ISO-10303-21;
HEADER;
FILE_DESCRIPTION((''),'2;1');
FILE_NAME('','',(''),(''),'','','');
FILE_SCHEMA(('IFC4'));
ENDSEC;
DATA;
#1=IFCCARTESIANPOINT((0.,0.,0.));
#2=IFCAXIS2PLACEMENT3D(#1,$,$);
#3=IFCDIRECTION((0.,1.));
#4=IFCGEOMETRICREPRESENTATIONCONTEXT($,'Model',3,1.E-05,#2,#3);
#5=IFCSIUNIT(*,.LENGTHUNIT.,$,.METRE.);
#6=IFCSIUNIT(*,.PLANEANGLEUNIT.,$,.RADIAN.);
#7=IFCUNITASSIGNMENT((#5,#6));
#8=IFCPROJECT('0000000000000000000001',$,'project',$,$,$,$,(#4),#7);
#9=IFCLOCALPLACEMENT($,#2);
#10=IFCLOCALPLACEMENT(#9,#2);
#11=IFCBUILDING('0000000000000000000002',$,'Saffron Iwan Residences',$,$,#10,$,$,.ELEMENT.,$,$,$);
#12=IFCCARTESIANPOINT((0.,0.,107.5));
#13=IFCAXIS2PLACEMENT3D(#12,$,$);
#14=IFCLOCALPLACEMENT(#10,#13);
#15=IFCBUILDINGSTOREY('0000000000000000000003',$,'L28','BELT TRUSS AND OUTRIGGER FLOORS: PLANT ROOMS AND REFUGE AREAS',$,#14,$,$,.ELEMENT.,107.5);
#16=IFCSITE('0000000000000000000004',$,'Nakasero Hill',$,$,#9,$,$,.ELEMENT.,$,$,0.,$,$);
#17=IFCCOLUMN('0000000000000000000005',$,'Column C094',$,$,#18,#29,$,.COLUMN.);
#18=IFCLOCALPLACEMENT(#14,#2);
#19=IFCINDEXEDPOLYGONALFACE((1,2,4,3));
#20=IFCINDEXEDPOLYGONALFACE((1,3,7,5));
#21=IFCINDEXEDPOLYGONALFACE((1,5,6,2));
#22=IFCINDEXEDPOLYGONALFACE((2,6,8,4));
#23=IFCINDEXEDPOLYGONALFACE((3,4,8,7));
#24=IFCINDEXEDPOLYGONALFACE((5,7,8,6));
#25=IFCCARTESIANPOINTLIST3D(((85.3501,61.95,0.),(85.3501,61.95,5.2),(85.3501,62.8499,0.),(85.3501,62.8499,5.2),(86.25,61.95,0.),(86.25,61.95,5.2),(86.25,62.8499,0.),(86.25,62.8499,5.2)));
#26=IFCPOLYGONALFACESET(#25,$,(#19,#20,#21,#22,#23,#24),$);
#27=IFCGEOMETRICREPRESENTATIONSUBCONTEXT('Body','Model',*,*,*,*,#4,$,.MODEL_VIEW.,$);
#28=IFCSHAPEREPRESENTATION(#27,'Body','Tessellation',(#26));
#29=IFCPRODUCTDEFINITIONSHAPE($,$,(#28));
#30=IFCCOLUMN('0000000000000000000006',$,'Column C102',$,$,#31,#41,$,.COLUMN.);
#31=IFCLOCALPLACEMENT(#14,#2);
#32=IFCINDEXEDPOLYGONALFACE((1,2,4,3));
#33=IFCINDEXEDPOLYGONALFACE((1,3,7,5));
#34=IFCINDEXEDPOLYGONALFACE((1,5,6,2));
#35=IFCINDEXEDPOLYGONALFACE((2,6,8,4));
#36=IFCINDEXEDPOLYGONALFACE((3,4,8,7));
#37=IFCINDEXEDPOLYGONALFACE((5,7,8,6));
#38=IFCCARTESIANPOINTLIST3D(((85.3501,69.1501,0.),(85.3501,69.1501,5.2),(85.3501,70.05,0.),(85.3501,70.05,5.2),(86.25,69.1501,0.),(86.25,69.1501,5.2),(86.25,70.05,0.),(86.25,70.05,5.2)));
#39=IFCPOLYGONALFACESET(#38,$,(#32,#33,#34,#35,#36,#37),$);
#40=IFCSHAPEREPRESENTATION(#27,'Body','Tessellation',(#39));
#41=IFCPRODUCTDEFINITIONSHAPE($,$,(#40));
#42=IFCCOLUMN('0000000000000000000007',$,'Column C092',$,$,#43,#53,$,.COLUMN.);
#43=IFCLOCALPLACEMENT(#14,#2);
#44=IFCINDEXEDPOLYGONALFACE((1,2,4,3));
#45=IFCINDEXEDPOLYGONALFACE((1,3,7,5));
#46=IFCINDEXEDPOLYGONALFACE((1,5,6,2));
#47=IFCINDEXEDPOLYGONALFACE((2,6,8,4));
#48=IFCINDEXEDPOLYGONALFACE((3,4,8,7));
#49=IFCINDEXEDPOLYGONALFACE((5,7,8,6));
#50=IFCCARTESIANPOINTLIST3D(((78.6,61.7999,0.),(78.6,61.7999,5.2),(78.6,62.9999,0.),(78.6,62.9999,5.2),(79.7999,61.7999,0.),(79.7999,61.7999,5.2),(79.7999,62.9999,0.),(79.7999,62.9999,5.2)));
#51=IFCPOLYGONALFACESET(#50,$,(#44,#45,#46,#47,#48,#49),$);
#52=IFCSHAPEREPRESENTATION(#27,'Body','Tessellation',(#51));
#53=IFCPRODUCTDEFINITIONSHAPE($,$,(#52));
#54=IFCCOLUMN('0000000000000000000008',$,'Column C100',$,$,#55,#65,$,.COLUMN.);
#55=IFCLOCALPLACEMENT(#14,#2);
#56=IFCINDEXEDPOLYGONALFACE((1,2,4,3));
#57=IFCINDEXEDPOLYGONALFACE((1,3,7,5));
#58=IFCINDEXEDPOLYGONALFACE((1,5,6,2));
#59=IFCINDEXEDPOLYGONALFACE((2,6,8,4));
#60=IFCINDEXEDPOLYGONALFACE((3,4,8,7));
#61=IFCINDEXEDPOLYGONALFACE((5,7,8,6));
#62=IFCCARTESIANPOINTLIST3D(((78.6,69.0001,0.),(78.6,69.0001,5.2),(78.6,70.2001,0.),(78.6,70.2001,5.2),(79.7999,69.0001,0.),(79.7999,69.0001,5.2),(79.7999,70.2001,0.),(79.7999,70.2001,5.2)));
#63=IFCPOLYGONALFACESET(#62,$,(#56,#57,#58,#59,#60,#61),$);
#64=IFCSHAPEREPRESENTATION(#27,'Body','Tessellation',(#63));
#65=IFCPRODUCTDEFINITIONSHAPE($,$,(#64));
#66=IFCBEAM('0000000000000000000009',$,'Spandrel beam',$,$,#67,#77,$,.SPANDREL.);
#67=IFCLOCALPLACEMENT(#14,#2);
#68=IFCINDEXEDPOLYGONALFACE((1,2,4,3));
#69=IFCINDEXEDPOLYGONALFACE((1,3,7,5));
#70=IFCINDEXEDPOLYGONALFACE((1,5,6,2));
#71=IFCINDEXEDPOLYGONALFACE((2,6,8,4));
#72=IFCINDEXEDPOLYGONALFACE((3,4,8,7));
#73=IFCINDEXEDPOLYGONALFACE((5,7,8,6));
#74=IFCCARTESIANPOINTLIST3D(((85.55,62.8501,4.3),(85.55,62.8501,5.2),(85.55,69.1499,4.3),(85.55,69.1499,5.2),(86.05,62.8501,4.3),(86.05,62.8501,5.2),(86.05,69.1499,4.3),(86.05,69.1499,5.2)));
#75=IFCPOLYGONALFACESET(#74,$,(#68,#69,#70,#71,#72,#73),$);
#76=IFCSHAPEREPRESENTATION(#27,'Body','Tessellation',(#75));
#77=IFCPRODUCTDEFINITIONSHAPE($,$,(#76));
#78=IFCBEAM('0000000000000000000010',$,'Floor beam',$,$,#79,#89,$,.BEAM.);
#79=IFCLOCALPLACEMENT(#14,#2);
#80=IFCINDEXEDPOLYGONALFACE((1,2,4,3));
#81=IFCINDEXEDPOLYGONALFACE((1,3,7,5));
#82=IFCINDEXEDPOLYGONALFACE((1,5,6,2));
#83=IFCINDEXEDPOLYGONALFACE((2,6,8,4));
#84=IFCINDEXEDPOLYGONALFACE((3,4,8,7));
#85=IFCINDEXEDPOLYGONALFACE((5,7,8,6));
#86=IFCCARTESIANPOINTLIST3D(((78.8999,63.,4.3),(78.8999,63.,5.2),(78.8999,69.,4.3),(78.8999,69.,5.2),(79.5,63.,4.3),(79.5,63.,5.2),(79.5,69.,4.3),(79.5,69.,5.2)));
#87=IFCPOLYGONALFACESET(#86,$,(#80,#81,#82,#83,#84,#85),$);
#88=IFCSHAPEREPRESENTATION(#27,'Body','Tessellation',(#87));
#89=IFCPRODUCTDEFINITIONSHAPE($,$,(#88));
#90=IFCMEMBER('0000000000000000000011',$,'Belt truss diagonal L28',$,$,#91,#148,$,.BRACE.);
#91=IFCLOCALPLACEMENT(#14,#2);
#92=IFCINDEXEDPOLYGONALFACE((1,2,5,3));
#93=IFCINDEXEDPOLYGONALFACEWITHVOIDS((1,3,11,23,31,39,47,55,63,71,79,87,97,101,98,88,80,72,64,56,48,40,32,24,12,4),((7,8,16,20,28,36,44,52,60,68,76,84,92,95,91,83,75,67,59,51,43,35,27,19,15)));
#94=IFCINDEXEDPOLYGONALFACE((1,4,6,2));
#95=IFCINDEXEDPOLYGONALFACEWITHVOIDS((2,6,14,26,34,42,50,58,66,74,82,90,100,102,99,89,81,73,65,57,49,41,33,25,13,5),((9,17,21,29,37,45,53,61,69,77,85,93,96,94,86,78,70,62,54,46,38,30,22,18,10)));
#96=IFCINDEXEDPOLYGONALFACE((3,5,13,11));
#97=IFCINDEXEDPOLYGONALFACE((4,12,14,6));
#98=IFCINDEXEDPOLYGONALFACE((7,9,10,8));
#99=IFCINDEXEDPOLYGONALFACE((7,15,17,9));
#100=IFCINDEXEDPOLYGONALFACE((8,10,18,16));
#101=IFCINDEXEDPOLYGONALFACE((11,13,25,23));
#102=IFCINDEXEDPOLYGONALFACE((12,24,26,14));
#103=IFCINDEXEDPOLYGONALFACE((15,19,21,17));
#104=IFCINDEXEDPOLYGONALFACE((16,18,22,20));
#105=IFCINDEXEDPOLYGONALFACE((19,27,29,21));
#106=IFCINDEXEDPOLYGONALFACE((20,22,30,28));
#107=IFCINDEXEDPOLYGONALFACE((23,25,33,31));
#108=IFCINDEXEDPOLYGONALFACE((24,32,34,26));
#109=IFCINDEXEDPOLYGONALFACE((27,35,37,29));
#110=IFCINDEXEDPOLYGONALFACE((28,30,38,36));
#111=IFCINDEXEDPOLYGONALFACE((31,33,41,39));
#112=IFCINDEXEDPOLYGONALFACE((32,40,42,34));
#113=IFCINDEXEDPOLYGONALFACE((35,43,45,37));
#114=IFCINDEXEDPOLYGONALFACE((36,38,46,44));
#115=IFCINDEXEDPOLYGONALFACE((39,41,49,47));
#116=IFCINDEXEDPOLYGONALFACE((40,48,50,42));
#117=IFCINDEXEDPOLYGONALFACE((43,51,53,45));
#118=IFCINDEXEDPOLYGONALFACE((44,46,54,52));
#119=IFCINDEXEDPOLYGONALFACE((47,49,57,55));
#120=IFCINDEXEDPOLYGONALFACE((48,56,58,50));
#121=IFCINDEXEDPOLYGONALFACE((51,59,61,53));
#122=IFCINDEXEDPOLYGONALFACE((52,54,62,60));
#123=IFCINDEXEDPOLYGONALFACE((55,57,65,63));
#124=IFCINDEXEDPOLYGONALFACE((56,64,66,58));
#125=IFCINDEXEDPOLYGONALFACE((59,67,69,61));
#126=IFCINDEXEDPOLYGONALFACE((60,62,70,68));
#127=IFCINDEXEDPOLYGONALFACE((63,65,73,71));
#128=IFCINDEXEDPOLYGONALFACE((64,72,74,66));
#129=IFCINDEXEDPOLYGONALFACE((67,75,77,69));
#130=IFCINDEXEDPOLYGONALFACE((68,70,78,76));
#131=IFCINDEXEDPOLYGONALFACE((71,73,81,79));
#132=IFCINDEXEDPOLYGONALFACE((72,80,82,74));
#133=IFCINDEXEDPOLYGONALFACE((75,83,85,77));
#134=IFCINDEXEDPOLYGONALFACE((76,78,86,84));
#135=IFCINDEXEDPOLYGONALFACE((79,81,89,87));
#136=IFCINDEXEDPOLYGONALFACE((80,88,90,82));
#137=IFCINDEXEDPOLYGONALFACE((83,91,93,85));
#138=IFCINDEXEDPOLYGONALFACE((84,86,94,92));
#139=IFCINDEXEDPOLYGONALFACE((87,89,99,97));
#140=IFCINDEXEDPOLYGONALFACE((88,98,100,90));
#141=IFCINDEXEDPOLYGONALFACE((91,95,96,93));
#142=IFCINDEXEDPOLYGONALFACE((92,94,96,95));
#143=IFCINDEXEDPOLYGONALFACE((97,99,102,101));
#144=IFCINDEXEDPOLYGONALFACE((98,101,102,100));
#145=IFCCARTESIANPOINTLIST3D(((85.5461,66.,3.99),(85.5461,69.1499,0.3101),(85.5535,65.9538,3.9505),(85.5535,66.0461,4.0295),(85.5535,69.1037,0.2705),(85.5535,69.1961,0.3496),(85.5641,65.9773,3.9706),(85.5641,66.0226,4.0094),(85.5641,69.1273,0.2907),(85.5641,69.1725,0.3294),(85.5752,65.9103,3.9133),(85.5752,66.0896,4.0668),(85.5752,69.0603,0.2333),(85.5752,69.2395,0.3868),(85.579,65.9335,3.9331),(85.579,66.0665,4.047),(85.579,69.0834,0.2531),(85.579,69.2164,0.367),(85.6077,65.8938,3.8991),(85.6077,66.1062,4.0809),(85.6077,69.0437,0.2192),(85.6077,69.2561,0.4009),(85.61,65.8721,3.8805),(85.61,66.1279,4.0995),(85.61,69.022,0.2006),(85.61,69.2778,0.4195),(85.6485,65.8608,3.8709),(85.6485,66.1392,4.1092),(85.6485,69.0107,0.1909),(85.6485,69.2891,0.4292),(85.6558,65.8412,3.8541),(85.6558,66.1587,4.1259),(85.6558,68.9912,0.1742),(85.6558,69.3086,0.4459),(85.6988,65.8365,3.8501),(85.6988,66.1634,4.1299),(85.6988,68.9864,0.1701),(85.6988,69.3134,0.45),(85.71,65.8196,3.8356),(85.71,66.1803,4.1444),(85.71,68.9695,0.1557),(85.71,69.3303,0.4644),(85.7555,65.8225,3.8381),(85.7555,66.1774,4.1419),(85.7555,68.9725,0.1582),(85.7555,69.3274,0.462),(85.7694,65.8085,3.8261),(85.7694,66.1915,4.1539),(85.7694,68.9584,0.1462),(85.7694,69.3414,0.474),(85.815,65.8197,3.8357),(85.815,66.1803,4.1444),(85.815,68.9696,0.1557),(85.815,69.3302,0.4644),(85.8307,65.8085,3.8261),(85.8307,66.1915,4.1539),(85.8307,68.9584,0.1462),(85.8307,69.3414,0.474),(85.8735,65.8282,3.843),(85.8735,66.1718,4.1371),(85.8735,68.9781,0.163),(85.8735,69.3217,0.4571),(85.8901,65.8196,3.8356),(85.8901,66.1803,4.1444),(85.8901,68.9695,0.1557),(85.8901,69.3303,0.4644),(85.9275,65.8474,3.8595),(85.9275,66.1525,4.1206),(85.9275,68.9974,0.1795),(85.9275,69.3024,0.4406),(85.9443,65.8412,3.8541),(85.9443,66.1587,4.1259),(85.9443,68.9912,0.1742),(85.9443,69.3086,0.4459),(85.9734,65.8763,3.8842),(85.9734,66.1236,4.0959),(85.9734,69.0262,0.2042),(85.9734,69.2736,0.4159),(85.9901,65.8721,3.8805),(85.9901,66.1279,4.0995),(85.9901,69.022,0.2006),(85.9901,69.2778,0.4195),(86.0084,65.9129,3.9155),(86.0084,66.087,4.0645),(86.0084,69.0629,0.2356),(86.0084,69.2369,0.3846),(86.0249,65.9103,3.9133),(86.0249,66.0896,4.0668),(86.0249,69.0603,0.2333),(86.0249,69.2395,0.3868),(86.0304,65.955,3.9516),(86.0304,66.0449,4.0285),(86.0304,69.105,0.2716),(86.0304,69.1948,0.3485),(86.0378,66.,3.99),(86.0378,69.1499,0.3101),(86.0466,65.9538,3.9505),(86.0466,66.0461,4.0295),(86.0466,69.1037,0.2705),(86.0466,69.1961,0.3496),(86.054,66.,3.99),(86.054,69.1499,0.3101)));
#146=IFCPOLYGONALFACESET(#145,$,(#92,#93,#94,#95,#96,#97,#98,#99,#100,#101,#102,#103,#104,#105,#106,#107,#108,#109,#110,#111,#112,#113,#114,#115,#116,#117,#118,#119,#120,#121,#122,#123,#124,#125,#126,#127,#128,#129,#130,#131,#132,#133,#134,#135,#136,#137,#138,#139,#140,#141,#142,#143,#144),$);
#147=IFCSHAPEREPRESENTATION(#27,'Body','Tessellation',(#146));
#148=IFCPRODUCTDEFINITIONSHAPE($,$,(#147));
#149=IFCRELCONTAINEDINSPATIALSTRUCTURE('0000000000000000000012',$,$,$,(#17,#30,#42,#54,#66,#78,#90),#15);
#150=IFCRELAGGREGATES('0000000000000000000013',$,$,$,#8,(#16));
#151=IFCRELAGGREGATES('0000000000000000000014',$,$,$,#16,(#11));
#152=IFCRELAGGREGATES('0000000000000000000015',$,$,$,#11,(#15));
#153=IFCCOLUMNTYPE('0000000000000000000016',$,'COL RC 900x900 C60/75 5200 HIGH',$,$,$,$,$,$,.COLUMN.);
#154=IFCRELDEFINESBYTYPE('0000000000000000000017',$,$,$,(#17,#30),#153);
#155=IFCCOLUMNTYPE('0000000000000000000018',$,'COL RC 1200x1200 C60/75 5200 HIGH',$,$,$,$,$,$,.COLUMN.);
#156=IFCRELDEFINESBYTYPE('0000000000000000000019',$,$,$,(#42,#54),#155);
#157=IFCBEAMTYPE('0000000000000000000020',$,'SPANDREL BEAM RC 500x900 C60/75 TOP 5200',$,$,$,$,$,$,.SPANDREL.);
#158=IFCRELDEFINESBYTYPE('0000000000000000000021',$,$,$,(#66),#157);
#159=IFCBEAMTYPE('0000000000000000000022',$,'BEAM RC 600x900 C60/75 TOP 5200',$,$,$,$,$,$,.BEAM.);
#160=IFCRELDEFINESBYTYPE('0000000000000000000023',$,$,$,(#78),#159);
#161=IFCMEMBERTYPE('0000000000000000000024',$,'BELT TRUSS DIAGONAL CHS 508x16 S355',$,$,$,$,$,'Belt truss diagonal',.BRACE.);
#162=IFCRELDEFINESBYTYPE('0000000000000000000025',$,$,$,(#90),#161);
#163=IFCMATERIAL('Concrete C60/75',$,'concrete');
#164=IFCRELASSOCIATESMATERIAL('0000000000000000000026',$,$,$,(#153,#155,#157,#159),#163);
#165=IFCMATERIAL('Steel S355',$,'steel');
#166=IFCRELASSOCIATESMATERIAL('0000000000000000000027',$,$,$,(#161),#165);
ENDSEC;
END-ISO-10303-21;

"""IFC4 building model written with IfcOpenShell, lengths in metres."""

from ifc_helpers import new_model, si_unit, direction, frame, origin, origin_2d, place, context, subcontext, project, spatial, rectangle, hollow_circle, extrude, source, transform, mapped, material, material_profile, profile_set, type_object, element, save


model = new_model("IFC4")

# Units and contexts
model_context = context("Model", 3, precision=1e-05, world=origin(), true_north=direction((0.0, 1.0)))
body_context = subcontext(model_context, "Body", "Model", "MODEL_VIEW")
ifc_project = project(units=[si_unit("LENGTHUNIT", "METRE"), si_unit("PLANEANGLEUNIT", "RADIAN")], contexts=[model_context])

# Site, building, storey
site_placement = place(None, origin())
site = spatial("IfcSite", under=ifc_project, at=site_placement, Name="Nakasero Hill", CompositionType="ELEMENT", RefElevation=0.0)
building_placement = place(site_placement, origin())
building = spatial("IfcBuilding", under=site, at=building_placement, Name="Saffron Iwan Residences", CompositionType="ELEMENT")
storey_placement = place(building_placement, frame((0.0, 0.0, 107.5)))
storey = spatial("IfcBuildingStorey", under=building, at=storey_placement, Name="L28", Description="BELT TRUSS AND OUTRIGGER FLOORS: PLANT ROOMS AND REFUGE AREAS", CompositionType="ELEMENT", Elevation=107.5)

# Columns
ifc_material_1 = material(Name="Concrete C60/75", Category="concrete")
ifc_material_profile_1 = material_profile(ifc_material_1, rectangle(XDim=0.8999, YDim=0.8999, at=origin_2d()), Name="RC 900x900")
ifc_profile_set_1 = profile_set([ifc_material_profile_1], Name="Concrete C60/75")
column_type_1 = type_object("IfcColumnType", Name="COL RC 900x900 C60/75 5200 HIGH", PredefinedType="COLUMN", material=ifc_profile_set_1)
shared_shape_1 = source(origin(), body_context, "Body", "SweptSolid", [
    extrude(rectangle(XDim=0.8999, YDim=0.8999, at=origin_2d()), origin(), (0.0, 0.0, 1.0), 5.2),
])
for number, where, z_axis, x_axis, name in (
    (1, (85.8, 62.3999, 0.0), (0.0, 0.0, 1.0), (1.0, 0.0, 0.0), "Column C094"),
    (2, (85.8, 69.6001, 0.0), (0.0, 0.0, 1.0), (1.0, 0.0, 0.0), "Column C102"),
):
    element("IfcColumn", number, at=place(storey_placement, frame(where, z_axis=z_axis, x_axis=x_axis)), inside=storey, type_object=column_type_1, Name=name, PredefinedType="COLUMN", context=body_context, shape_type="MappedRepresentation", body=[
        mapped(shared_shape_1, transform((0.0, 0.0, 0.0))),
    ])
ifc_material_profile_2 = material_profile(ifc_material_1, rectangle(XDim=1.2, YDim=1.2, at=origin_2d()), Name="RC 1200x1200")
ifc_profile_set_2 = profile_set([ifc_material_profile_2], Name="Concrete C60/75")
column_type_2 = type_object("IfcColumnType", Name="COL RC 1200x1200 C60/75 5200 HIGH", PredefinedType="COLUMN", material=ifc_profile_set_2)
shared_shape_2 = source(origin(), body_context, "Body", "SweptSolid", [
    extrude(rectangle(XDim=1.2, YDim=1.2, at=origin_2d()), origin(), (0.0, 0.0, 1.0), 5.2),
])
for number, where, z_axis, x_axis, name in (
    (3, (79.2, 62.3999, 0.0), (0.0, 0.0, 1.0), (1.0, 0.0, 0.0), "Column C092"),
    (4, (79.2, 69.6001, 0.0), (0.0, 0.0, 1.0), (1.0, 0.0, 0.0), "Column C100"),
):
    element("IfcColumn", number, at=place(storey_placement, frame(where, z_axis=z_axis, x_axis=x_axis)), inside=storey, type_object=column_type_2, Name=name, PredefinedType="COLUMN", context=body_context, shape_type="MappedRepresentation", body=[
        mapped(shared_shape_2, transform((0.0, 0.0, 0.0))),
    ])

# Beams
ifc_material_profile_3 = material_profile(ifc_material_1, rectangle(XDim=0.5, YDim=0.8999, at=origin_2d()), Name="RC 500x900")
ifc_profile_set_3 = profile_set([ifc_material_profile_3], Name="Concrete C60/75")
beam_type_1 = type_object("IfcBeamType", Name="SPANDREL BEAM RC 500x900 C60/75 TOP 5200", PredefinedType="SPANDREL", material=ifc_profile_set_3)
shared_shape_3 = source(origin(), body_context, "Body", "SweptSolid", [
    extrude(rectangle(XDim=0.5, YDim=0.8999, at=origin_2d()), origin(), (0.0, 0.0, 1.0), 6.2998),
])
beam_1_placement = place(storey_placement, frame((85.8, 69.1499, 4.75), z_axis=(0.0, -1.0, 0.0), x_axis=(1.0, 0.0, 0.0)))
element("IfcBeam", 5, at=beam_1_placement, inside=storey, type_object=beam_type_1, Name="Spandrel beam", PredefinedType="SPANDREL", context=body_context, shape_type="MappedRepresentation", body=[
    mapped(shared_shape_3, transform((0.0, 0.0, 0.0))),
])
ifc_material_profile_4 = material_profile(ifc_material_1, rectangle(XDim=0.6001, YDim=0.8999, at=origin_2d()), Name="RC 600x900")
ifc_profile_set_4 = profile_set([ifc_material_profile_4], Name="Concrete C60/75")
beam_type_2 = type_object("IfcBeamType", Name="BEAM RC 600x900 C60/75 TOP 5200", PredefinedType="BEAM", material=ifc_profile_set_4)
shared_shape_4 = source(origin(), body_context, "Body", "SweptSolid", [
    extrude(rectangle(XDim=0.6001, YDim=0.8999, at=origin_2d()), origin(), (0.0, 0.0, 1.0), 6.0),
])
beam_2_placement = place(storey_placement, frame((79.2, 63.0, 4.75), z_axis=(0.0, 1.0, 0.0), x_axis=(-1.0, 0.0, 0.0)))
element("IfcBeam", 6, at=beam_2_placement, inside=storey, type_object=beam_type_2, Name="Floor beam", PredefinedType="BEAM", context=body_context, shape_type="MappedRepresentation", body=[
    mapped(shared_shape_4, transform((0.0, 0.0, 0.0))),
])

# Member
ifc_material_2 = material(Name="Steel S355", Category="steel")
ifc_material_profile_5 = material_profile(ifc_material_2, hollow_circle(Radius=0.2539, WallThickness=0.0161, at=origin_2d()), Name="CHS 508x16")
ifc_profile_set_5 = profile_set([ifc_material_profile_5], Name="Steel S355")
member_type_1 = type_object("IfcMemberType", Name="BELT TRUSS DIAGONAL CHS 508x16 S355", ElementType="Belt truss diagonal", PredefinedType="BRACE", material=ifc_profile_set_5)
shared_shape_5 = source(origin(), body_context, "Body", "SweptSolid", [
    extrude(hollow_circle(Radius=0.2539, WallThickness=0.0161, at=origin_2d()), origin(), (0.0, 0.0, 1.0), 4.844),
])
for number, where, z_axis, x_axis, name in (
    (7, (85.8, 69.1499, 0.3101), (0.0, -0.650277, 0.759698), (1.0, 0.0, 0.0), "Belt truss diagonal L28"),
):
    element("IfcMember", number, at=place(storey_placement, frame(where, z_axis=z_axis, x_axis=x_axis)), inside=storey, type_object=member_type_1, Name=name, PredefinedType="BRACE", context=body_context, shape_type="MappedRepresentation", body=[
        mapped(shared_shape_5, transform((0.0, 0.0, 0.0))),
    ])

save(model, "model.ifc")
